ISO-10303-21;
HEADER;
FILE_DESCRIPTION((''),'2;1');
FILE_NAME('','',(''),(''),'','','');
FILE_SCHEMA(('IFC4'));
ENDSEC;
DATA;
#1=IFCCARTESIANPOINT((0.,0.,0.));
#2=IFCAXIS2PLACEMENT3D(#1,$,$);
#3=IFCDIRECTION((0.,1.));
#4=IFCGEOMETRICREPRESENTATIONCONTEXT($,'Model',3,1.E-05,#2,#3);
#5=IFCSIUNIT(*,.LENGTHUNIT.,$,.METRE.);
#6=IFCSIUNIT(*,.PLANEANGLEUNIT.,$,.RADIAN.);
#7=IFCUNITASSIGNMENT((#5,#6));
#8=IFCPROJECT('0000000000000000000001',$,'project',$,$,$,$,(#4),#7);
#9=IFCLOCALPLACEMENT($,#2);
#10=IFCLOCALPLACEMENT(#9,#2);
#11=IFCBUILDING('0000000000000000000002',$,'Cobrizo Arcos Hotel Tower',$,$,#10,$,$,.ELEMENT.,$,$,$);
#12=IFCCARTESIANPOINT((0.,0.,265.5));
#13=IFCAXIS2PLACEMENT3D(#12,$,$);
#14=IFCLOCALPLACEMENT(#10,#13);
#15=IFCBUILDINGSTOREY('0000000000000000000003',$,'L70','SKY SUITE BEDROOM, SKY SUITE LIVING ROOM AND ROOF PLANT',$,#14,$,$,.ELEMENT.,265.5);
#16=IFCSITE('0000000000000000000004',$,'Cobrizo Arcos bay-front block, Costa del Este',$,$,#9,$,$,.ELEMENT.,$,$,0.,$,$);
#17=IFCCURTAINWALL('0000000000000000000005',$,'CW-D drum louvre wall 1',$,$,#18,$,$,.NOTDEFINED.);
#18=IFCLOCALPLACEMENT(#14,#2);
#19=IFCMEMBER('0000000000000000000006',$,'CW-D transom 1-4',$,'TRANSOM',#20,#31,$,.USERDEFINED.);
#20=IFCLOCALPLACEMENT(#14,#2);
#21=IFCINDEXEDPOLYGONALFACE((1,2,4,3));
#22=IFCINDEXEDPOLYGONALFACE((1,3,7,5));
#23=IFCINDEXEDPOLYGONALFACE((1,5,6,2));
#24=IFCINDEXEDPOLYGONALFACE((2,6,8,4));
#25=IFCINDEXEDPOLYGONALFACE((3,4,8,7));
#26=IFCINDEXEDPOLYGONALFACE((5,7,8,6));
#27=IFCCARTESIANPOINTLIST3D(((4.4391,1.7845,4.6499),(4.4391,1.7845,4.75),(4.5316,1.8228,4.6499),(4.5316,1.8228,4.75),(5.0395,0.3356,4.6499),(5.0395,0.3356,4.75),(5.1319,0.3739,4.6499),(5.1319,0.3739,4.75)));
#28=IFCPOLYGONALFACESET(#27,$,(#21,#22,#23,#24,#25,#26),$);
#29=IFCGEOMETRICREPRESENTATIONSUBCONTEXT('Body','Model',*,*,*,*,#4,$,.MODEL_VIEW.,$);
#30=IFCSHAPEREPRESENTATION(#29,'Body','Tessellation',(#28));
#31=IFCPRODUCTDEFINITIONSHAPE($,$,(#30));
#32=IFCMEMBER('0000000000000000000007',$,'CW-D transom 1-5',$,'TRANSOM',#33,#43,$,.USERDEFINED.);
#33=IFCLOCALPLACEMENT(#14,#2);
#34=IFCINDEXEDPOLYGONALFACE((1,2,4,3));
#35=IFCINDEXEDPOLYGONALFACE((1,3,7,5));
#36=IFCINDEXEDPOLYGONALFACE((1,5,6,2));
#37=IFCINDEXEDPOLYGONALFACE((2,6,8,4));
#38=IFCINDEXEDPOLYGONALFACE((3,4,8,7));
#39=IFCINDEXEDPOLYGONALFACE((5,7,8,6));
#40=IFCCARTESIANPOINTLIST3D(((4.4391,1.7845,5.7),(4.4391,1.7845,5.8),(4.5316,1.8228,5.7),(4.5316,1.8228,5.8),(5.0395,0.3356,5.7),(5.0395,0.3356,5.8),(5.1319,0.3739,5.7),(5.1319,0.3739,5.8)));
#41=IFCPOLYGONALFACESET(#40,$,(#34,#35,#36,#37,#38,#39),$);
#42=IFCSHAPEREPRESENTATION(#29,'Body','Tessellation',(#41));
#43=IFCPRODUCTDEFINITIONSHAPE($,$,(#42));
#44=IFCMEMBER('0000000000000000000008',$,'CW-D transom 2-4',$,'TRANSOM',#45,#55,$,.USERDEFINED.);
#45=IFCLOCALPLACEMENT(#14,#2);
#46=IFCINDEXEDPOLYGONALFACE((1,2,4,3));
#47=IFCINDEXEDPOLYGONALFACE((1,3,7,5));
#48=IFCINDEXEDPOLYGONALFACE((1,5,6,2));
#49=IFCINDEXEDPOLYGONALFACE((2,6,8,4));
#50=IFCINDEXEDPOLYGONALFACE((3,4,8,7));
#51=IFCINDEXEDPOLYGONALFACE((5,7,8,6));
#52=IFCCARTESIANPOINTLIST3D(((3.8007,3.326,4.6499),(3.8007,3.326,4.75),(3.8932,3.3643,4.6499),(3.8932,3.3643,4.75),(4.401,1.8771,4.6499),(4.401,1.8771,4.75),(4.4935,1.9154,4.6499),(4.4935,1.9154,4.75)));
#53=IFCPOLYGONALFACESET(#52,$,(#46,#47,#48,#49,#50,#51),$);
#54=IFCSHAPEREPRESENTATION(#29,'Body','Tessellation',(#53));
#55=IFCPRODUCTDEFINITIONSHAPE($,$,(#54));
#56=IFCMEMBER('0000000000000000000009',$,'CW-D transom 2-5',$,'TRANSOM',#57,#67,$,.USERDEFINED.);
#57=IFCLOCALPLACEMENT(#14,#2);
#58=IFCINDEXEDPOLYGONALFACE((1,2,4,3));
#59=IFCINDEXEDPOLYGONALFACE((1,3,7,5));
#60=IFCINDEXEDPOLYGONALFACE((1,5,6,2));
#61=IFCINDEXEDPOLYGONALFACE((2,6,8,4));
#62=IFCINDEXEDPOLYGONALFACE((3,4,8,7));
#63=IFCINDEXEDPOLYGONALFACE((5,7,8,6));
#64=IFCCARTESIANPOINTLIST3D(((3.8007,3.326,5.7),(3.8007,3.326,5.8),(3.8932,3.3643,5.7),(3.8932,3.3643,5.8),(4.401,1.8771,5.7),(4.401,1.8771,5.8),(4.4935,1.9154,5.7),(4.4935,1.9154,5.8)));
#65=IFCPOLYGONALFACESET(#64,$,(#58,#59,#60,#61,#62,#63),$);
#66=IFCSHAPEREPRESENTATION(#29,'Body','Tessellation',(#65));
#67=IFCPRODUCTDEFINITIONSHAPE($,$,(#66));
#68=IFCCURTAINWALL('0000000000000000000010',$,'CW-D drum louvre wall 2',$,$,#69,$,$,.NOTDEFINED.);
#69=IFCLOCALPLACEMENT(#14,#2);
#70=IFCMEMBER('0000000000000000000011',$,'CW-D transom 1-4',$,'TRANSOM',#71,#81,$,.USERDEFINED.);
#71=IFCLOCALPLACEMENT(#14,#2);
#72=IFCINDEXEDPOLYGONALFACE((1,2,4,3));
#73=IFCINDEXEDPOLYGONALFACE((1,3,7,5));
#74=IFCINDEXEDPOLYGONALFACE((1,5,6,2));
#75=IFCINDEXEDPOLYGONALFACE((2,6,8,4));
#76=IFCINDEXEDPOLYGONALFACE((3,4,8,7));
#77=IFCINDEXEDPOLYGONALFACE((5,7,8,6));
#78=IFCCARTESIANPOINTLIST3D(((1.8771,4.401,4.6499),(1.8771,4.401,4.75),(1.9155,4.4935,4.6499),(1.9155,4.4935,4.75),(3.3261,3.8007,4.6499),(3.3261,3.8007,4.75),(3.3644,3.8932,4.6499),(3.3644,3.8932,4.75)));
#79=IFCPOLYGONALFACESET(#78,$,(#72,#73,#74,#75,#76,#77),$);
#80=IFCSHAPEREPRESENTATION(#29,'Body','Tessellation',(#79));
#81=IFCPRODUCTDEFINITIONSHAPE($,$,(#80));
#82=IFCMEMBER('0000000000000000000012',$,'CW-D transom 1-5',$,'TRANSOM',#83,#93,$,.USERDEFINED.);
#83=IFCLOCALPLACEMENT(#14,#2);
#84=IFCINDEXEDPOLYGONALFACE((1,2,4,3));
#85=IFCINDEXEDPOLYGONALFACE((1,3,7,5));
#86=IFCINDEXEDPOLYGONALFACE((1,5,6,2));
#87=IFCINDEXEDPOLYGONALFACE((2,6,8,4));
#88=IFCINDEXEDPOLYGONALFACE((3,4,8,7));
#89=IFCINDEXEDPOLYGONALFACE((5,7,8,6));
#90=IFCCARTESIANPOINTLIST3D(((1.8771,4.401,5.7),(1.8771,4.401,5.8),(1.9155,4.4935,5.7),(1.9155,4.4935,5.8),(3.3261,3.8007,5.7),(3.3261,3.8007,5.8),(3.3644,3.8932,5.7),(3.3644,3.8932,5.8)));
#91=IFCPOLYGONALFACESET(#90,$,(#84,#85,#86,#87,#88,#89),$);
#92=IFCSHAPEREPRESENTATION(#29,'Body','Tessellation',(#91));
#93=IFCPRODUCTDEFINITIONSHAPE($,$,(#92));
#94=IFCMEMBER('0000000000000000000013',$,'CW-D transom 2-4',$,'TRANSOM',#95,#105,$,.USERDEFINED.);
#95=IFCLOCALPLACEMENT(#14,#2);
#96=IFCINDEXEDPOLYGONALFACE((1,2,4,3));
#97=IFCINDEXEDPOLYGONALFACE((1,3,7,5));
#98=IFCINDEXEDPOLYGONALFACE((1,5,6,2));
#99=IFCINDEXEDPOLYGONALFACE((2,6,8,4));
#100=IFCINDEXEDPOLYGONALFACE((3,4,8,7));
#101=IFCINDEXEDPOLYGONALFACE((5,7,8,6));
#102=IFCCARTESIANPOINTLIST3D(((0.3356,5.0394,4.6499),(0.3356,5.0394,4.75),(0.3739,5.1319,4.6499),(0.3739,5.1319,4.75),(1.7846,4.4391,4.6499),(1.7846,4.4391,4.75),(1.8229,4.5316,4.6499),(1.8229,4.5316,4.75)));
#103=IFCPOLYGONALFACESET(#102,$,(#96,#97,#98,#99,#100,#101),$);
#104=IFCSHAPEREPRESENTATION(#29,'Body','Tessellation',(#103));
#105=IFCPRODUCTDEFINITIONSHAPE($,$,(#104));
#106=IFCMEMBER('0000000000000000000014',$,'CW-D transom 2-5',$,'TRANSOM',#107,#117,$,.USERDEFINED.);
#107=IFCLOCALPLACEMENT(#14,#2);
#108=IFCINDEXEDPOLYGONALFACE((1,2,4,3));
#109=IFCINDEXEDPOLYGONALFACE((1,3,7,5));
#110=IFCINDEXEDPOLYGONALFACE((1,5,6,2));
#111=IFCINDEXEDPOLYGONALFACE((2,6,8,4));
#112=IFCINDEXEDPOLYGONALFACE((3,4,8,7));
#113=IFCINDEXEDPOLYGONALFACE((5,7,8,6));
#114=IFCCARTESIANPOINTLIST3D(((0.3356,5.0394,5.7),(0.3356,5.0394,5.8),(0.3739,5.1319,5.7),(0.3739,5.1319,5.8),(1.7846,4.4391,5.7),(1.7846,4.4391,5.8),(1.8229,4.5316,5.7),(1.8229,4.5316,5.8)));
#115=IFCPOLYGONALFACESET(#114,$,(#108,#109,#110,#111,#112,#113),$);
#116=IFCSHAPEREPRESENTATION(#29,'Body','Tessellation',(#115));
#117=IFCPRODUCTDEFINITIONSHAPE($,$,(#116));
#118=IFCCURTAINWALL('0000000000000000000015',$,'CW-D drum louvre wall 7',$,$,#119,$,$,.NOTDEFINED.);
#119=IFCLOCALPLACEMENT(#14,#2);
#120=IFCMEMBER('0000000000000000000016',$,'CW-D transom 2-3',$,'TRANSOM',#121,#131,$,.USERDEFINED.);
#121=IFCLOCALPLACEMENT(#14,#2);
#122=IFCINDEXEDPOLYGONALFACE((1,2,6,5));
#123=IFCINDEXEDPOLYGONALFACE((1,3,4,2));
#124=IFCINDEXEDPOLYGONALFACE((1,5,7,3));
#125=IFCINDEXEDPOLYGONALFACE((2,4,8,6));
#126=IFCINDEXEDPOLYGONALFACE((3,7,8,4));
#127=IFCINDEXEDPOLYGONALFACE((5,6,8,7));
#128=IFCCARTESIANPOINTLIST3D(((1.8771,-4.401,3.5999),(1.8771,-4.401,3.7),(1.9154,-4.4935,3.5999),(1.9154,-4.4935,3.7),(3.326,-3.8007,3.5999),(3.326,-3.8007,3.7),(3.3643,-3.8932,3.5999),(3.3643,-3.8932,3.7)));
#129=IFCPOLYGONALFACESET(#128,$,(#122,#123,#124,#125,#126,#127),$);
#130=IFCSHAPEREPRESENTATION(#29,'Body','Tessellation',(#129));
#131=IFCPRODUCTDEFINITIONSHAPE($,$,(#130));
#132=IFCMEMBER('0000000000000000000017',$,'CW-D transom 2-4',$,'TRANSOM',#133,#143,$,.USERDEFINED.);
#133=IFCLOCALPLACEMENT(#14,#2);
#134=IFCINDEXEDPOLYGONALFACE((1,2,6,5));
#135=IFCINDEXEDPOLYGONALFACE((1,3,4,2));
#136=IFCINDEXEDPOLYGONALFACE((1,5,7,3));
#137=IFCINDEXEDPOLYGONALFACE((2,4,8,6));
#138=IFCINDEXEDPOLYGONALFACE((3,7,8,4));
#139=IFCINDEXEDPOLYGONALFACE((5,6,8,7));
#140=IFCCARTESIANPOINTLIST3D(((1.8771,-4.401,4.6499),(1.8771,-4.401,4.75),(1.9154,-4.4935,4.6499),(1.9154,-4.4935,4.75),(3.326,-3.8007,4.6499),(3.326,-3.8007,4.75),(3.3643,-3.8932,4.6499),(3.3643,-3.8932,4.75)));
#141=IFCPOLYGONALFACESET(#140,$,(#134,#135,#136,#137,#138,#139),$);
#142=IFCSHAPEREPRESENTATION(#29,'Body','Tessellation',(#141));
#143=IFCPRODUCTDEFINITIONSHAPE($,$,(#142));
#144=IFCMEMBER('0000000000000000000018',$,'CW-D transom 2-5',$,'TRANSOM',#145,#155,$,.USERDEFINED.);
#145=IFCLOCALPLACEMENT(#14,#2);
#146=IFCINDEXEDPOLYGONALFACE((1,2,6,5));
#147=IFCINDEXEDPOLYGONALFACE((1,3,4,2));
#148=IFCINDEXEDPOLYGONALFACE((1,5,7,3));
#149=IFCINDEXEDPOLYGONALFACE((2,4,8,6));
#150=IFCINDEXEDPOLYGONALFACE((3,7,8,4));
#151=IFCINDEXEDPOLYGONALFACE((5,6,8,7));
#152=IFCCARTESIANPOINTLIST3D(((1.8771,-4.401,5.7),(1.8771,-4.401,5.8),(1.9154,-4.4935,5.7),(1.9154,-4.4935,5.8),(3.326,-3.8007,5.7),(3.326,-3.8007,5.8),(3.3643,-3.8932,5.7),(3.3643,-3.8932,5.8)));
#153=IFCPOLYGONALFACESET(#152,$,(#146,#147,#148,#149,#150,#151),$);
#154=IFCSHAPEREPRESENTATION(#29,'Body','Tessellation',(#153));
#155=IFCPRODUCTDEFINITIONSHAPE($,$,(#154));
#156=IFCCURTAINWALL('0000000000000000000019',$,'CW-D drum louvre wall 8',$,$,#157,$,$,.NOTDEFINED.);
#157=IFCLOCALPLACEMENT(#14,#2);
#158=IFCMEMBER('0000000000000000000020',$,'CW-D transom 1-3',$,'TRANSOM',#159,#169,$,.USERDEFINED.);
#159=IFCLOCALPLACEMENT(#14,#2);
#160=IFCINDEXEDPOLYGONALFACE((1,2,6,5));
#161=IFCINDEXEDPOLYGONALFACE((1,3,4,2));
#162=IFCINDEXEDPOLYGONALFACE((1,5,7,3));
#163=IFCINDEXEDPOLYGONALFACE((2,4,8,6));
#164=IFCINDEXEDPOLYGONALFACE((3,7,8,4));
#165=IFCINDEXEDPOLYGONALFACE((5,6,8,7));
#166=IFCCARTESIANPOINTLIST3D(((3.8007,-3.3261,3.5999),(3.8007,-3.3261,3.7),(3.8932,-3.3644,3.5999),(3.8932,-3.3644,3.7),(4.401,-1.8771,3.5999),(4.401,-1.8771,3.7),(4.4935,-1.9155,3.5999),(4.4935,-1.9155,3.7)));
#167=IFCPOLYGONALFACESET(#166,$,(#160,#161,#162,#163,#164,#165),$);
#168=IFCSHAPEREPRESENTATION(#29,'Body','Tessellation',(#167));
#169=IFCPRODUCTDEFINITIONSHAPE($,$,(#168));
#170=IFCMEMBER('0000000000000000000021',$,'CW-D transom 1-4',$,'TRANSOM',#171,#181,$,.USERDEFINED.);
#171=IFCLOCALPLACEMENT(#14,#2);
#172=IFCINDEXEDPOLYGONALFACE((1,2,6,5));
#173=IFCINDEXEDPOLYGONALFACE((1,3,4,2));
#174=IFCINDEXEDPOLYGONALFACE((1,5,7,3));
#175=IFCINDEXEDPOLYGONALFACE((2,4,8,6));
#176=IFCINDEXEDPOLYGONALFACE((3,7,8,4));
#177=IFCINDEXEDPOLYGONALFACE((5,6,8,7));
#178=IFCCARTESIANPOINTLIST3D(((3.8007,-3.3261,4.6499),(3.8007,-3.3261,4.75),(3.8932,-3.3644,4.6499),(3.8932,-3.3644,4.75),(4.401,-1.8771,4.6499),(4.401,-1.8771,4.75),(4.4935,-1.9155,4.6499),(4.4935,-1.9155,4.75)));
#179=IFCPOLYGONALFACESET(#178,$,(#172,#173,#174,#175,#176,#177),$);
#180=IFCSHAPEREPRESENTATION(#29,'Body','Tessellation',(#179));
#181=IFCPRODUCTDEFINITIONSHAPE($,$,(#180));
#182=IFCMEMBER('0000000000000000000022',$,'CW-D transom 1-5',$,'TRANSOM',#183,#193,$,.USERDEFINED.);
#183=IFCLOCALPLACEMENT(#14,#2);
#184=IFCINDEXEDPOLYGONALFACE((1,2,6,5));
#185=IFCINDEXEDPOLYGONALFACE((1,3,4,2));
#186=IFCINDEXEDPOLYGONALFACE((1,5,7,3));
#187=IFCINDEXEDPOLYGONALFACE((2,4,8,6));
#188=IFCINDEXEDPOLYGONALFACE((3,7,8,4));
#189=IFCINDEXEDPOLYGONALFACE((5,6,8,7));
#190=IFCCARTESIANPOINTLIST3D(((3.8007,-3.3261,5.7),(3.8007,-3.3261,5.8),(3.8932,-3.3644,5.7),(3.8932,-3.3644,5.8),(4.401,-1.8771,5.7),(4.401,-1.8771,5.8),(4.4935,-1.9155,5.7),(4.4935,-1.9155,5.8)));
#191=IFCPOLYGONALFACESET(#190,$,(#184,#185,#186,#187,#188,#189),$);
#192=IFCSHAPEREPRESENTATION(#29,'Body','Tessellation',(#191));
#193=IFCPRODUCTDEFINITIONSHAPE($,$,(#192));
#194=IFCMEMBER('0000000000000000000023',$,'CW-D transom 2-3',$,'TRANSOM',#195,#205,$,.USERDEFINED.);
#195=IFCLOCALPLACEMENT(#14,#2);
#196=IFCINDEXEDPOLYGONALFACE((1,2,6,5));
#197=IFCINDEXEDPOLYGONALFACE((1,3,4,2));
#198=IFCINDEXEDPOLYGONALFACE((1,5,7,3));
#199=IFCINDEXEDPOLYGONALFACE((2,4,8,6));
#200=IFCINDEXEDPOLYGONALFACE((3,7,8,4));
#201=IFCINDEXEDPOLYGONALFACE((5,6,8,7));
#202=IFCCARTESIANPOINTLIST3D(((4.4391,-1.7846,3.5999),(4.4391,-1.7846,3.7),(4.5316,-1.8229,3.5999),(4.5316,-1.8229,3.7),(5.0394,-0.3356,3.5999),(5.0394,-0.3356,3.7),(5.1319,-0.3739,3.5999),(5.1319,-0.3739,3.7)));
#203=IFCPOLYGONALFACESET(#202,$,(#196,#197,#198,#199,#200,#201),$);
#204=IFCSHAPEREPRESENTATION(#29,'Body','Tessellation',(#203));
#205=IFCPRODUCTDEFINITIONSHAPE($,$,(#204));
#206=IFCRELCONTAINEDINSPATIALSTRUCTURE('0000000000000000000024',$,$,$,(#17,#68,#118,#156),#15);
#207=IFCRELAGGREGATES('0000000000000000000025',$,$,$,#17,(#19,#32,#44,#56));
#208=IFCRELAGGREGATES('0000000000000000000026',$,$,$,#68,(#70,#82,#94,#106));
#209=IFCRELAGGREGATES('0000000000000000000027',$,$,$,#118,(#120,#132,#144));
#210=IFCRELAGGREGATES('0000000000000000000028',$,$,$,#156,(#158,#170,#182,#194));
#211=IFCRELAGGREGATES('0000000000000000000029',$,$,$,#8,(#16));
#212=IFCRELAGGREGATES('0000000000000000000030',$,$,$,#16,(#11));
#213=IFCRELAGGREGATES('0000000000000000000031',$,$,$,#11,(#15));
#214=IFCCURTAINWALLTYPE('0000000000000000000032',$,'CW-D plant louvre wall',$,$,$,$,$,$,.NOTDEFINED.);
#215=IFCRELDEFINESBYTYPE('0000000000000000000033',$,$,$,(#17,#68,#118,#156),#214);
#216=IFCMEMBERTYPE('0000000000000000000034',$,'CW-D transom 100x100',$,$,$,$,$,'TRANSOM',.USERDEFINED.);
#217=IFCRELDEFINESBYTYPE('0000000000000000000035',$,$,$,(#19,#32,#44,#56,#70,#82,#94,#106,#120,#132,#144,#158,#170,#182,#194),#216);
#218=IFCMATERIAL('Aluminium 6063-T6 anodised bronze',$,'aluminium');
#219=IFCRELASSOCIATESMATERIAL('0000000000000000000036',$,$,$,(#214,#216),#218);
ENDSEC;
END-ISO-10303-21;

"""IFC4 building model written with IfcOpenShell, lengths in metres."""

from ifc_helpers import new_model, si_unit, direction, frame, origin, origin_2d, place, context, subcontext, project, spatial, rectangle, extrude, material, material_profile, profile_set, type_object, element, aggregate, save


model = new_model("IFC4")

# Units and contexts
model_context = context("Model", 3, precision=1e-05, world=origin(), true_north=direction((0.0, 1.0)))
body_context = subcontext(model_context, "Body", "Model", "MODEL_VIEW")
ifc_project = project(units=[si_unit("LENGTHUNIT", "METRE"), si_unit("PLANEANGLEUNIT", "RADIAN")], contexts=[model_context])

# Site, building, storey
site_placement = place(None, origin())
site = spatial("IfcSite", under=ifc_project, at=site_placement, Name="Cobrizo Arcos bay-front block, Costa del Este", CompositionType="ELEMENT", RefElevation=0.0)
building_placement = place(site_placement, origin())
building = spatial("IfcBuilding", under=site, at=building_placement, Name="Cobrizo Arcos Hotel Tower", CompositionType="ELEMENT")
storey_placement = place(building_placement, frame((0.0, 0.0, 265.5)))
storey = spatial("IfcBuildingStorey", under=building, at=storey_placement, Name="L70", Description="SKY SUITE BEDROOM, SKY SUITE LIVING ROOM AND ROOF PLANT", CompositionType="ELEMENT", Elevation=265.5)

# Curtain walls, members
ifc_material_1 = material(Name="Aluminium 6063-T6 anodised bronze", Category="aluminium")
curtain_wall_type = type_object("IfcCurtainWallType", Name="CW-D plant louvre wall", PredefinedType="NOTDEFINED", material=ifc_material_1)
curtain_wall_1_placement = place(storey_placement, origin())
curtain_wall_1 = element("IfcCurtainWall", 1, at=curtain_wall_1_placement, inside=storey, type_object=curtain_wall_type, Name="CW-D drum louvre wall 1", PredefinedType="NOTDEFINED")
ifc_material_profile = material_profile(ifc_material_1, rectangle(XDim=0.1001, YDim=0.1001, at=origin_2d()), Name="CW-D transom 100x100")
ifc_profile_set = profile_set([ifc_material_profile], Name="Aluminium 6063-T6 anodised bronze")
member_type = type_object("IfcMemberType", Name="CW-D transom 100x100", ElementType="TRANSOM", PredefinedType="USERDEFINED", material=ifc_profile_set)
member_1_placement = place(storey_placement, frame((5.0857, 0.3547, 4.7), z_axis=(-0.382769, 0.923844, 0.0), x_axis=(-0.923844, -0.382769, 0.0)))
member_1 = element("IfcMember", 2, at=member_1_placement, type_object=member_type, Name="CW-D transom 1-4", ObjectType="TRANSOM", PredefinedType="USERDEFINED", context=body_context, shape_type="SweptSolid", body=[
    extrude(rectangle(XDim=0.1001, YDim=0.1001, at=origin_2d()), origin(), (0.0, 0.0, 1.0), 1.5684),
])
member_2_placement = place(storey_placement, frame((5.0857, 0.3547, 5.75), z_axis=(-0.382769, 0.923844, 0.0), x_axis=(-0.923844, -0.382769, 0.0)))
member_2 = element("IfcMember", 3, at=member_2_placement, type_object=member_type, Name="CW-D transom 1-5", ObjectType="TRANSOM", PredefinedType="USERDEFINED", context=body_context, shape_type="SweptSolid", body=[
    extrude(rectangle(XDim=0.1001, YDim=0.1001, at=origin_2d()), origin(), (0.0, 0.0, 1.0), 1.5684),
])
member_3_placement = place(storey_placement, frame((4.4473, 1.8962, 4.7), z_axis=(-0.382769, 0.923844, 0.0), x_axis=(-0.923844, -0.382769, 0.0)))
member_3 = element("IfcMember", 4, at=member_3_placement, type_object=member_type, Name="CW-D transom 2-4", ObjectType="TRANSOM", PredefinedType="USERDEFINED", context=body_context, shape_type="SweptSolid", body=[
    extrude(rectangle(XDim=0.1001, YDim=0.1001, at=origin_2d()), origin(), (0.0, 0.0, 1.0), 1.5684),
])
member_4_placement = place(storey_placement, frame((4.4473, 1.8962, 5.75), z_axis=(-0.382769, 0.923844, 0.0), x_axis=(-0.923844, -0.382769, 0.0)))
member_4 = element("IfcMember", 5, at=member_4_placement, type_object=member_type, Name="CW-D transom 2-5", ObjectType="TRANSOM", PredefinedType="USERDEFINED", context=body_context, shape_type="SweptSolid", body=[
    extrude(rectangle(XDim=0.1001, YDim=0.1001, at=origin_2d()), origin(), (0.0, 0.0, 1.0), 1.5684),
])
curtain_wall_2_placement = place(storey_placement, origin())
curtain_wall_2 = element("IfcCurtainWall", 6, at=curtain_wall_2_placement, inside=storey, type_object=curtain_wall_type, Name="CW-D drum louvre wall 2", PredefinedType="NOTDEFINED")
member_5_placement = place(storey_placement, frame((3.3452, 3.8469, 4.7), z_axis=(-0.923844, 0.382769, 0.0), x_axis=(-0.382769, -0.923844, 0.0)))
member_5 = element("IfcMember", 7, at=member_5_placement, type_object=member_type, Name="CW-D transom 1-4", ObjectType="TRANSOM", PredefinedType="USERDEFINED", context=body_context, shape_type="SweptSolid", body=[
    extrude(rectangle(XDim=0.1001, YDim=0.1001, at=origin_2d()), origin(), (0.0, 0.0, 1.0), 1.5684),
])
member_6_placement = place(storey_placement, frame((3.3452, 3.8469, 5.75), z_axis=(-0.923844, 0.382769, 0.0), x_axis=(-0.382769, -0.923844, 0.0)))
member_6 = element("IfcMember", 8, at=member_6_placement, type_object=member_type, Name="CW-D transom 1-5", ObjectType="TRANSOM", PredefinedType="USERDEFINED", context=body_context, shape_type="SweptSolid", body=[
    extrude(rectangle(XDim=0.1001, YDim=0.1001, at=origin_2d()), origin(), (0.0, 0.0, 1.0), 1.5684),
])
member_7_placement = place(storey_placement, frame((1.8037, 4.4854, 4.7), z_axis=(-0.923844, 0.382769, 0.0), x_axis=(-0.382769, -0.923844, 0.0)))
member_7 = element("IfcMember", 9, at=member_7_placement, type_object=member_type, Name="CW-D transom 2-4", ObjectType="TRANSOM", PredefinedType="USERDEFINED", context=body_context, shape_type="SweptSolid", body=[
    extrude(rectangle(XDim=0.1001, YDim=0.1001, at=origin_2d()), origin(), (0.0, 0.0, 1.0), 1.5684),
])
member_8_placement = place(storey_placement, frame((1.8037, 4.4854, 5.75), z_axis=(-0.923844, 0.382769, 0.0), x_axis=(-0.382769, -0.923844, 0.0)))
member_8 = element("IfcMember", 10, at=member_8_placement, type_object=member_type, Name="CW-D transom 2-5", ObjectType="TRANSOM", PredefinedType="USERDEFINED", context=body_context, shape_type="SweptSolid", body=[
    extrude(rectangle(XDim=0.1001, YDim=0.1001, at=origin_2d()), origin(), (0.0, 0.0, 1.0), 1.5684),
])
curtain_wall_3_placement = place(storey_placement, origin())
curtain_wall_3 = element("IfcCurtainWall", 11, at=curtain_wall_3_placement, inside=storey, type_object=curtain_wall_type, Name="CW-D drum louvre wall 7", PredefinedType="NOTDEFINED")
member_9_placement = place(storey_placement, frame((1.8962, -4.4473, 3.6499), z_axis=(0.923844, 0.382769, 0.0), x_axis=(-0.382769, 0.923844, 0.0)))
member_9 = element("IfcMember", 12, at=member_9_placement, type_object=member_type, Name="CW-D transom 2-3", ObjectType="TRANSOM", PredefinedType="USERDEFINED", context=body_context, shape_type="SweptSolid", body=[
    extrude(rectangle(XDim=0.1001, YDim=0.1001, at=origin_2d()), origin(), (0.0, 0.0, 1.0), 1.5684),
])
member_10_placement = place(storey_placement, frame((1.8962, -4.4473, 4.7), z_axis=(0.923844, 0.382769, 0.0), x_axis=(-0.382769, 0.923844, 0.0)))
member_10 = element("IfcMember", 13, at=member_10_placement, type_object=member_type, Name="CW-D transom 2-4", ObjectType="TRANSOM", PredefinedType="USERDEFINED", context=body_context, shape_type="SweptSolid", body=[
    extrude(rectangle(XDim=0.1001, YDim=0.1001, at=origin_2d()), origin(), (0.0, 0.0, 1.0), 1.5684),
])
member_11_placement = place(storey_placement, frame((1.8962, -4.4473, 5.75), z_axis=(0.923844, 0.382769, 0.0), x_axis=(-0.382769, 0.923844, 0.0)))
member_11 = element("IfcMember", 14, at=member_11_placement, type_object=member_type, Name="CW-D transom 2-5", ObjectType="TRANSOM", PredefinedType="USERDEFINED", context=body_context, shape_type="SweptSolid", body=[
    extrude(rectangle(XDim=0.1001, YDim=0.1001, at=origin_2d()), origin(), (0.0, 0.0, 1.0), 1.5684),
])
curtain_wall_4_placement = place(storey_placement, origin())
curtain_wall_4 = element("IfcCurtainWall", 15, at=curtain_wall_4_placement, inside=storey, type_object=curtain_wall_type, Name="CW-D drum louvre wall 8", PredefinedType="NOTDEFINED")
member_12_placement = place(storey_placement, frame((3.8469, -3.3452, 3.6499), z_axis=(0.382769, 0.923844, 0.0), x_axis=(-0.923844, 0.382769, 0.0)))
member_12 = element("IfcMember", 16, at=member_12_placement, type_object=member_type, Name="CW-D transom 1-3", ObjectType="TRANSOM", PredefinedType="USERDEFINED", context=body_context, shape_type="SweptSolid", body=[
    extrude(rectangle(XDim=0.1001, YDim=0.1001, at=origin_2d()), origin(), (0.0, 0.0, 1.0), 1.5684),
])
member_13_placement = place(storey_placement, frame((3.8469, -3.3452, 4.7), z_axis=(0.382769, 0.923844, 0.0), x_axis=(-0.923844, 0.382769, 0.0)))
member_13 = element("IfcMember", 17, at=member_13_placement, type_object=member_type, Name="CW-D transom 1-4", ObjectType="TRANSOM", PredefinedType="USERDEFINED", context=body_context, shape_type="SweptSolid", body=[
    extrude(rectangle(XDim=0.1001, YDim=0.1001, at=origin_2d()), origin(), (0.0, 0.0, 1.0), 1.5684),
])
member_14_placement = place(storey_placement, frame((3.8469, -3.3452, 5.75), z_axis=(0.382769, 0.923844, 0.0), x_axis=(-0.923844, 0.382769, 0.0)))
member_14 = element("IfcMember", 18, at=member_14_placement, type_object=member_type, Name="CW-D transom 1-5", ObjectType="TRANSOM", PredefinedType="USERDEFINED", context=body_context, shape_type="SweptSolid", body=[
    extrude(rectangle(XDim=0.1001, YDim=0.1001, at=origin_2d()), origin(), (0.0, 0.0, 1.0), 1.5684),
])
member_15_placement = place(storey_placement, frame((4.4854, -1.8037, 3.6499), z_axis=(0.382769, 0.923844, 0.0), x_axis=(-0.923844, 0.382769, 0.0)))
member_15 = element("IfcMember", 19, at=member_15_placement, type_object=member_type, Name="CW-D transom 2-3", ObjectType="TRANSOM", PredefinedType="USERDEFINED", context=body_context, shape_type="SweptSolid", body=[
    extrude(rectangle(XDim=0.1001, YDim=0.1001, at=origin_2d()), origin(), (0.0, 0.0, 1.0), 1.5684),
])

aggregate(curtain_wall_1, [member_1, member_2, member_3, member_4])
aggregate(curtain_wall_2, [member_5, member_6, member_7, member_8])
aggregate(curtain_wall_3, [member_9, member_10, member_11])
aggregate(curtain_wall_4, [member_12, member_13, member_14, member_15])

save(model, "model.ifc")
